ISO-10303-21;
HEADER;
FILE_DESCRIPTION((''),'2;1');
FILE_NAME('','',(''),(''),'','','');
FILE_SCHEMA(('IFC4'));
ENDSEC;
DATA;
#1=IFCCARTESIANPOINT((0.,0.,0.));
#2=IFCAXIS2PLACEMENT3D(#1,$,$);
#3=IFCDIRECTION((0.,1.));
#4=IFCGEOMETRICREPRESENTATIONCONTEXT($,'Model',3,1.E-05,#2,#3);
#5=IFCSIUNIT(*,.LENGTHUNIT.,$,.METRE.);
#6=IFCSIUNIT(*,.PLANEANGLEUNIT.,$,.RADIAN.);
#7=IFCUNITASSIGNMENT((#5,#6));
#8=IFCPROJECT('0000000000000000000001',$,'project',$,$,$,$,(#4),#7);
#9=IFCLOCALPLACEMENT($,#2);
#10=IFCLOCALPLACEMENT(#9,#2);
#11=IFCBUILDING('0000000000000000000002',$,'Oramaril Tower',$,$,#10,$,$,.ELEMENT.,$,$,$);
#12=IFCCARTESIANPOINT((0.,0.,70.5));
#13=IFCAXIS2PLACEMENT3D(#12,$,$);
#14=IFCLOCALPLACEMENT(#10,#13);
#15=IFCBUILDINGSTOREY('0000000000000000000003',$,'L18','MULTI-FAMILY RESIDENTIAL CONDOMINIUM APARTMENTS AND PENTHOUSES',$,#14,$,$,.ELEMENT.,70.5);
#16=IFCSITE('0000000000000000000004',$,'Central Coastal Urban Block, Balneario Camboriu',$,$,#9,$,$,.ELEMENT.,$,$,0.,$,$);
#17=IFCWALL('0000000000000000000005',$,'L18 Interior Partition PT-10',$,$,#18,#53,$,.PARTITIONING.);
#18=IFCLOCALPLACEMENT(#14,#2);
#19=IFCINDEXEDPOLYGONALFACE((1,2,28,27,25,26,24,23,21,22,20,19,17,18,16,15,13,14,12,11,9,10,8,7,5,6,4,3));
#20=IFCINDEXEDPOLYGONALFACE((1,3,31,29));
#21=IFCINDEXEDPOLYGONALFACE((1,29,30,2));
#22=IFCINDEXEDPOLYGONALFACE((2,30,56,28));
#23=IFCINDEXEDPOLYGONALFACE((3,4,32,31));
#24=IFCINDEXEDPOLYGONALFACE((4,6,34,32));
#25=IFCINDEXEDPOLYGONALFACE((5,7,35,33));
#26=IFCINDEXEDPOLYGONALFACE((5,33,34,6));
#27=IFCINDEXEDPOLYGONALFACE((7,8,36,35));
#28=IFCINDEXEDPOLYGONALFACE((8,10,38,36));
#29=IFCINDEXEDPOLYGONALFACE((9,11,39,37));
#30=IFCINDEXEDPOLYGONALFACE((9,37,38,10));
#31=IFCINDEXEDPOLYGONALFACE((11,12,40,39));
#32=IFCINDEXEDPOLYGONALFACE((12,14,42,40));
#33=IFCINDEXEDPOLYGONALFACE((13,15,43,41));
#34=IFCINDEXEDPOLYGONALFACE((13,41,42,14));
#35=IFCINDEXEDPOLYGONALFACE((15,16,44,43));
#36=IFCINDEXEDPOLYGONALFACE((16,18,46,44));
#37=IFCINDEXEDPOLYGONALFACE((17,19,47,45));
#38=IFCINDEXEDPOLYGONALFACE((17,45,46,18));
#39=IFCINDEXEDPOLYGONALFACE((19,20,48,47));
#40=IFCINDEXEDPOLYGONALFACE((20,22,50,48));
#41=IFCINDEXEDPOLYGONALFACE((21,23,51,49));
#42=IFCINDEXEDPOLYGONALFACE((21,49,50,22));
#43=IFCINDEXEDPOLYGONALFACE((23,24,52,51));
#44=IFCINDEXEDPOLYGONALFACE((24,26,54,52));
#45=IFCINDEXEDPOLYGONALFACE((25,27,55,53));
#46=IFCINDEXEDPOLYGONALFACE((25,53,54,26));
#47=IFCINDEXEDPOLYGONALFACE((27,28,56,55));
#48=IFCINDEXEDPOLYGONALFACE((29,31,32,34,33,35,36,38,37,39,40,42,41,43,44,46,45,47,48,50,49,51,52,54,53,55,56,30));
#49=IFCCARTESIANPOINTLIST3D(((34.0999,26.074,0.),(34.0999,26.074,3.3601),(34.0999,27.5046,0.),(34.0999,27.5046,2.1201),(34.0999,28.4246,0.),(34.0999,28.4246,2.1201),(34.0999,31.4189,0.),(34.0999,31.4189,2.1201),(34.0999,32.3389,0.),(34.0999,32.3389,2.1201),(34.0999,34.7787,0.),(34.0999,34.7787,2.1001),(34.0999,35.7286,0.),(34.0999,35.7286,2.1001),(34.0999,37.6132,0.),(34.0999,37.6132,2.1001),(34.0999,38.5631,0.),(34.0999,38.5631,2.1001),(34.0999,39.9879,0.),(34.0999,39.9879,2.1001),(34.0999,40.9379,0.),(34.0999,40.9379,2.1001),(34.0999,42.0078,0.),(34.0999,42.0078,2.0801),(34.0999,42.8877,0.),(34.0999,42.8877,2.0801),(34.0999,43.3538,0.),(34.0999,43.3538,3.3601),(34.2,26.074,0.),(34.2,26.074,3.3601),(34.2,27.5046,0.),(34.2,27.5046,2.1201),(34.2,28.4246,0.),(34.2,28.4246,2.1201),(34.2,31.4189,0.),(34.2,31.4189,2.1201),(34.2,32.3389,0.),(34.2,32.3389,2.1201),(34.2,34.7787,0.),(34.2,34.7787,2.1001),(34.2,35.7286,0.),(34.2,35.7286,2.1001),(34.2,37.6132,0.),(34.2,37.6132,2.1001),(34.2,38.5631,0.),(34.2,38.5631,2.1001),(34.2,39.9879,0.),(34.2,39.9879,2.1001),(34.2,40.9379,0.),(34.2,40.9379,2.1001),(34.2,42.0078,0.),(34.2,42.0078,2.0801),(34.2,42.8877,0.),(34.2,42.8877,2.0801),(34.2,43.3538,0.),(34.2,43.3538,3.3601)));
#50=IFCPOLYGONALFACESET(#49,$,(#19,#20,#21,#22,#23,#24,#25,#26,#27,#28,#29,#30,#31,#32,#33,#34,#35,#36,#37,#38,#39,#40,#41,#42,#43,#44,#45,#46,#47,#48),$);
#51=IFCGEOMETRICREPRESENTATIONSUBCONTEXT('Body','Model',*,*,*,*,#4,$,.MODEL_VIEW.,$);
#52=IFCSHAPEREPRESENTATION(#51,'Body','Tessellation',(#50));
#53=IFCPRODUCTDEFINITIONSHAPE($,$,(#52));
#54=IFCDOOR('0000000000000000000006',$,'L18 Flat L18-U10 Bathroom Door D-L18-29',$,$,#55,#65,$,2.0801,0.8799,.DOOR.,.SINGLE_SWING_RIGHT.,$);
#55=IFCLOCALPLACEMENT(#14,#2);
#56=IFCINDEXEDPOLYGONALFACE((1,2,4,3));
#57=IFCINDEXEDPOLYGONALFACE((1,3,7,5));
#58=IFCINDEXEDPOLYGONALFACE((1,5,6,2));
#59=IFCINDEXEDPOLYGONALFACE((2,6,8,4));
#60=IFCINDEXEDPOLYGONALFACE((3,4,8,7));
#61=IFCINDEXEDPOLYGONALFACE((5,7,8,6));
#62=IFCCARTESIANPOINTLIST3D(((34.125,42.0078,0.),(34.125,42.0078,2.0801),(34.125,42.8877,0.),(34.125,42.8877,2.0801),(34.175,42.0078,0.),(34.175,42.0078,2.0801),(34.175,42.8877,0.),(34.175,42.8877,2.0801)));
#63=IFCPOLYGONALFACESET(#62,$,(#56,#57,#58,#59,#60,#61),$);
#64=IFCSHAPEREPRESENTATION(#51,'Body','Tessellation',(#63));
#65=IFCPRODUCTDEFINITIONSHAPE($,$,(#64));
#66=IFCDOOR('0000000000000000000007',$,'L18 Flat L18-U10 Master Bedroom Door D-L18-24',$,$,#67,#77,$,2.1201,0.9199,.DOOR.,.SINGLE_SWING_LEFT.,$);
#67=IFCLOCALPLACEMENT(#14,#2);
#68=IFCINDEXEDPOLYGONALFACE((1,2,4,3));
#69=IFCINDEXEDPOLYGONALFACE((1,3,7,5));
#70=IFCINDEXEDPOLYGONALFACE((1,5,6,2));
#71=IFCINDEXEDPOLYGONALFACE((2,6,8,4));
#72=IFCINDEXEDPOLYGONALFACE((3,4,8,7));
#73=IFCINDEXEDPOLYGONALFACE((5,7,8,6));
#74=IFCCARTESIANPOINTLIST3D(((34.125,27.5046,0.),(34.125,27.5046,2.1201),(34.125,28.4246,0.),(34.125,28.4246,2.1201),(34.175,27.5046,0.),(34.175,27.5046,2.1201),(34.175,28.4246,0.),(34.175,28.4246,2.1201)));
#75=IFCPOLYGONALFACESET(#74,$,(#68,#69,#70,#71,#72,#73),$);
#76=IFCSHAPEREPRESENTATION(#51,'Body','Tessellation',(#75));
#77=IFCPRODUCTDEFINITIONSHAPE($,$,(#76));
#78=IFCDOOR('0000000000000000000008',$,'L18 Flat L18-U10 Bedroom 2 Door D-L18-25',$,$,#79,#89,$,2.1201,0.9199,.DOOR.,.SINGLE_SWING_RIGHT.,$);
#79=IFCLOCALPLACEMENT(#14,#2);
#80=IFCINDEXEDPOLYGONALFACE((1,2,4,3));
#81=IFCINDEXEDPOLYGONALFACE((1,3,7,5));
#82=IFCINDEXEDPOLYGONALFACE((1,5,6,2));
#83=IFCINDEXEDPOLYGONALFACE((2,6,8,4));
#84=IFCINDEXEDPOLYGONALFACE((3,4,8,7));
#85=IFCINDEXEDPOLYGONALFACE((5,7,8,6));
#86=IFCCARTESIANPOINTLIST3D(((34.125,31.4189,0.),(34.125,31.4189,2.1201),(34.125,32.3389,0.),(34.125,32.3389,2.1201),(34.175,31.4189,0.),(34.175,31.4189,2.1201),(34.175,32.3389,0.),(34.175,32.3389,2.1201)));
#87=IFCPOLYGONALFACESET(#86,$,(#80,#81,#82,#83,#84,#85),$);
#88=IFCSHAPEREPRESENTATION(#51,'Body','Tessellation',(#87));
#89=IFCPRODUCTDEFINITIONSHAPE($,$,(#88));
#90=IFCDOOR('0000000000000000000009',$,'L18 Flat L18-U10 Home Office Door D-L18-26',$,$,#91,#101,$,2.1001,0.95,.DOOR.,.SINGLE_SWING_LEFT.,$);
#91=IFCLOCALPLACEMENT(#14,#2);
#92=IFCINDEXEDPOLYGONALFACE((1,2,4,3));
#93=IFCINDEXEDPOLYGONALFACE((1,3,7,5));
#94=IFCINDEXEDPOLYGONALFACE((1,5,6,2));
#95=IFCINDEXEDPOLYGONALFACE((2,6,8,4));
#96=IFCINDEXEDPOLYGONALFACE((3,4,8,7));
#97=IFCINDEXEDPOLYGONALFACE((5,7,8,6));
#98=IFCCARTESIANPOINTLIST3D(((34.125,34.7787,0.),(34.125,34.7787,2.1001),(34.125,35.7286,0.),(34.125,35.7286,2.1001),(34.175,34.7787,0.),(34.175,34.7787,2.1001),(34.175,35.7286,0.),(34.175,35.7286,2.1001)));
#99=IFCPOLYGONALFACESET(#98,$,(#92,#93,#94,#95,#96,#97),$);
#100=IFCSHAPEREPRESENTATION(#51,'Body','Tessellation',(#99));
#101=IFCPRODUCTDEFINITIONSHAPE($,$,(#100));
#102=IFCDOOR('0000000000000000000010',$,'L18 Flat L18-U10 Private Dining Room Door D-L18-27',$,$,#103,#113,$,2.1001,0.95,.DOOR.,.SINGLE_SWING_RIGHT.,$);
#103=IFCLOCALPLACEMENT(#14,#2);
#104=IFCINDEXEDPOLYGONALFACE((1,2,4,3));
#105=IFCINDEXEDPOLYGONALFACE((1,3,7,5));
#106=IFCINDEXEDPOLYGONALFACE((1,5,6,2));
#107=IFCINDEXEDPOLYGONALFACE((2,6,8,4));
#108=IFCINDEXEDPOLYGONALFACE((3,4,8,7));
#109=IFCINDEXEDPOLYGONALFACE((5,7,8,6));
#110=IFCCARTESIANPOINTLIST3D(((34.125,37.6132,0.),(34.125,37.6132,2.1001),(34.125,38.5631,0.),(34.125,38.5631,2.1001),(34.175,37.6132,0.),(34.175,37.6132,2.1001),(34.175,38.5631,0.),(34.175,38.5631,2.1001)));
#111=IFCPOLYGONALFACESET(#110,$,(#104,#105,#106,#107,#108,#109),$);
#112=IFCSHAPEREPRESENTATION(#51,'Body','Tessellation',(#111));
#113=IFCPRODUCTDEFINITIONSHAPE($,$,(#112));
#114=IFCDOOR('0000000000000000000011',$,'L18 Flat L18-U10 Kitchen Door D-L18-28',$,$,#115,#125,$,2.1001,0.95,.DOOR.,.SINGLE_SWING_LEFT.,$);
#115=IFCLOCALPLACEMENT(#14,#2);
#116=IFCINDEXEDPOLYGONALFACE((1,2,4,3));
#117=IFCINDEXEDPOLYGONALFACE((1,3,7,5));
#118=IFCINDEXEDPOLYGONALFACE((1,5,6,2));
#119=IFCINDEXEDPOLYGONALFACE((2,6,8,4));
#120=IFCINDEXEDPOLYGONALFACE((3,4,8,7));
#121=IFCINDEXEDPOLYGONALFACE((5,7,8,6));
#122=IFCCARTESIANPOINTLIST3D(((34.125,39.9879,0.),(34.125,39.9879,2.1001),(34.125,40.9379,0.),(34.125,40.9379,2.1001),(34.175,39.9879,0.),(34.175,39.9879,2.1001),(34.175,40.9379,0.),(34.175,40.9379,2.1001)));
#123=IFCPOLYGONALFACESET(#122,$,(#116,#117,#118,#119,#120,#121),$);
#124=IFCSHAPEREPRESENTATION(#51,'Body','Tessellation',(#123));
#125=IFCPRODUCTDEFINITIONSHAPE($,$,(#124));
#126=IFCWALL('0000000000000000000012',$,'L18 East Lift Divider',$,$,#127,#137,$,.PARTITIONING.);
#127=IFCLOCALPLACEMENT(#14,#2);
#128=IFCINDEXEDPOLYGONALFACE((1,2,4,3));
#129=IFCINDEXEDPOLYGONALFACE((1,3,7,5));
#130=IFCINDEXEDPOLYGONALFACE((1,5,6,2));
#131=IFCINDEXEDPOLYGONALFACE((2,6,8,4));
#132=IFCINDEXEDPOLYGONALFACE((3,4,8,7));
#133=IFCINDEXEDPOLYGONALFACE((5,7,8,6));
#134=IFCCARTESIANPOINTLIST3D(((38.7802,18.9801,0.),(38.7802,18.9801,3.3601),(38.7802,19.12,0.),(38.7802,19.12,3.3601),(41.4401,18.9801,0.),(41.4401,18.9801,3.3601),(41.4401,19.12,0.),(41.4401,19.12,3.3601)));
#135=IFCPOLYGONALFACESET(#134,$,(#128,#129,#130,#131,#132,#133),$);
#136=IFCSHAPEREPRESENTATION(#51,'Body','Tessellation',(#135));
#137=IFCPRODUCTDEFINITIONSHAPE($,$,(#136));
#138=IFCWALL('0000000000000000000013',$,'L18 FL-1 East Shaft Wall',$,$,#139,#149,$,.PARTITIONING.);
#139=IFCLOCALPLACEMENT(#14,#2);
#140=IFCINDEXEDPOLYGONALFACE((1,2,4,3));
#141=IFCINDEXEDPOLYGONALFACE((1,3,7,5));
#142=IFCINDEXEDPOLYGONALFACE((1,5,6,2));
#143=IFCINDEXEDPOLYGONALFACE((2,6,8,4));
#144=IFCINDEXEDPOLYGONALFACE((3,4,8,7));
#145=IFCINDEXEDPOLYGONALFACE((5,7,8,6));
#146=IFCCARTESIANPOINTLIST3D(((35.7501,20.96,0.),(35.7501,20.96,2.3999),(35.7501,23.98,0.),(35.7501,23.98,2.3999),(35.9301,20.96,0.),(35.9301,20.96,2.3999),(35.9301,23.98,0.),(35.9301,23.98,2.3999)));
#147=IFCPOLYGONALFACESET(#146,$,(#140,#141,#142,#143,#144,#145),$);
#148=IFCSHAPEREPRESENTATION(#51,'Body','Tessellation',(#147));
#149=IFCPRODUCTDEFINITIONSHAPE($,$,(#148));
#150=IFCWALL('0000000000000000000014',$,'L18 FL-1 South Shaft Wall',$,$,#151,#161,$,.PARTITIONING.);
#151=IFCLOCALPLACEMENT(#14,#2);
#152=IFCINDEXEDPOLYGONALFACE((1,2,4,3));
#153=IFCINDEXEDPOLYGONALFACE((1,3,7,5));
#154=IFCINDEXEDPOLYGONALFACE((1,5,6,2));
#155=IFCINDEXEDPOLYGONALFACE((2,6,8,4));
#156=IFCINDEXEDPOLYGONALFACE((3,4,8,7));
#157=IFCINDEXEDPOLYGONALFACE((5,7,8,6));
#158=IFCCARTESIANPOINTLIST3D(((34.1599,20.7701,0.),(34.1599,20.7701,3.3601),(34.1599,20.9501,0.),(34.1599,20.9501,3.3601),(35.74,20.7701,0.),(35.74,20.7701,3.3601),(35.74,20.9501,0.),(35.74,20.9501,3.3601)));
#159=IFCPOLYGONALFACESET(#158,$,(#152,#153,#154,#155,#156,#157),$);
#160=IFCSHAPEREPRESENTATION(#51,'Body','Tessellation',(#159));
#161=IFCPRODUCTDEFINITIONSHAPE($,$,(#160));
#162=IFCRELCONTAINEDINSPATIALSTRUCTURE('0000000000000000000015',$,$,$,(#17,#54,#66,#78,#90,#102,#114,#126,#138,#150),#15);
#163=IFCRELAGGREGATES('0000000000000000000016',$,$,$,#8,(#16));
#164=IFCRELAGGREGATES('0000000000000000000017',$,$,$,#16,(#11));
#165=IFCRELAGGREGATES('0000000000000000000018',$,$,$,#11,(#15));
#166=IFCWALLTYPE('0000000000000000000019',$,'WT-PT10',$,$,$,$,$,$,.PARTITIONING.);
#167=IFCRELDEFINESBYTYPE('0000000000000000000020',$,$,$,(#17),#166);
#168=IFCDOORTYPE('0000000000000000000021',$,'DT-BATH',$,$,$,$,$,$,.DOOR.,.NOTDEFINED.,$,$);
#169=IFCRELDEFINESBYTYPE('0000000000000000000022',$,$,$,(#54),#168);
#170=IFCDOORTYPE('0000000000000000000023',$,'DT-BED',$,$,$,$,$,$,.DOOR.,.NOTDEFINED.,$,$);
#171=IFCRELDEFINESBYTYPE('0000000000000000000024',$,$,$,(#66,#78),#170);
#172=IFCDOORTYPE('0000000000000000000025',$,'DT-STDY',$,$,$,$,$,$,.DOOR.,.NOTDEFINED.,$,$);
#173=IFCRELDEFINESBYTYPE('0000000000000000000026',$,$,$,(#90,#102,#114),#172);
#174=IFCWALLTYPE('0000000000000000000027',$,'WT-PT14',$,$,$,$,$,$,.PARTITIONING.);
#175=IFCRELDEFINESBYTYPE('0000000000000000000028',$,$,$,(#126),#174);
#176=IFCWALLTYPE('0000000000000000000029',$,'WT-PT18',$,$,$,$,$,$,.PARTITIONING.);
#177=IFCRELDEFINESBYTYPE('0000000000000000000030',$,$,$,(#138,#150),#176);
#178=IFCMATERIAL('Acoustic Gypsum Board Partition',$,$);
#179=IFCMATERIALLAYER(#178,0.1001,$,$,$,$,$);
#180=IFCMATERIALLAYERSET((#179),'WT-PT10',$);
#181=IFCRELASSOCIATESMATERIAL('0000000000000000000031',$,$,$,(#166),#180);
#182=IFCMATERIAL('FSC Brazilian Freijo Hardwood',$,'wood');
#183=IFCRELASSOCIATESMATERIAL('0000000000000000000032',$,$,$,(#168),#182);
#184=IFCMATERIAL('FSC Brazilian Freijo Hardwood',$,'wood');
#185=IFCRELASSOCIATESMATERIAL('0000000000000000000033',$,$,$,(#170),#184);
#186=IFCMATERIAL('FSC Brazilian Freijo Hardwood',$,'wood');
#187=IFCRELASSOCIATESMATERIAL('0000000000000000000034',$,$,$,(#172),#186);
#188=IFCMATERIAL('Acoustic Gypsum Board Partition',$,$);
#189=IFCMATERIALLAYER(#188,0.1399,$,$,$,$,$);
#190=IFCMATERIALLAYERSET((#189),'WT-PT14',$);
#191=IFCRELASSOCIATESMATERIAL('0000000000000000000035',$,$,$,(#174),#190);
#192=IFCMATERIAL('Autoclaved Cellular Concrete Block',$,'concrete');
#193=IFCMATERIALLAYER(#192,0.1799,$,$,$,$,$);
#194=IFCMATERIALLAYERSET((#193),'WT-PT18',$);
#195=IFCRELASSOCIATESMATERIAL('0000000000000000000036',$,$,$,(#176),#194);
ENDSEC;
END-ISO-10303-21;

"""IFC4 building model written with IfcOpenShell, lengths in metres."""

from ifc_helpers import new_model, si_unit, direction, frame, frame_2d, origin, place, context, subcontext, project, spatial, rectangle, extrude, material, layer, layer_set, type_object, element, fill, save


model = new_model("IFC4")

# Units and contexts
model_context = context("Model", 3, precision=1e-05, world=origin(), true_north=direction((0.0, 1.0)))
body_context = subcontext(model_context, "Body", "Model", "MODEL_VIEW")
ifc_project = project(units=[si_unit("LENGTHUNIT", "METRE"), si_unit("PLANEANGLEUNIT", "RADIAN")], contexts=[model_context])

# Site, building, storey
site_placement = place(None, origin())
site = spatial("IfcSite", under=ifc_project, at=site_placement, Name="Central Coastal Urban Block, Balneario Camboriu", CompositionType="ELEMENT", RefElevation=0.0)
building_placement = place(site_placement, origin())
building = spatial("IfcBuilding", under=site, at=building_placement, Name="Oramaril Tower", CompositionType="ELEMENT")
storey_placement = place(building_placement, frame((0.0, 0.0, 70.5)))
storey = spatial("IfcBuildingStorey", under=building, at=storey_placement, Name="L18", Description="MULTI-FAMILY RESIDENTIAL CONDOMINIUM APARTMENTS AND PENTHOUSES", CompositionType="ELEMENT", Elevation=70.5)

# Wall, openings, doors
ifc_material_1 = material(Name="Acoustic Gypsum Board Partition")
ifc_layer_1 = layer(ifc_material_1, 0.1001)
ifc_layer_set_1 = layer_set([ifc_layer_1], Name="WT-PT10")
wall_type_1 = type_object("IfcWallType", Name="WT-PT10", PredefinedType="PARTITIONING", material=ifc_layer_set_1)
wall_1_placement = place(storey_placement, frame((34.1499, 26.074, 0.0), z_axis=(0.0, 0.0, 1.0), x_axis=(0.0, 1.0, 0.0)))
wall_1 = element("IfcWall", 1, at=wall_1_placement, inside=storey, type_object=wall_type_1, Name="L18 Interior Partition PT-10", PredefinedType="PARTITIONING", context=body_context, shape_type="SweptSolid", body=[
    extrude(rectangle(XDim=17.2798, YDim=0.1001, at=frame_2d((8.6399, 0.0))), origin(), (0.0, 0.0, 1.0), 3.3601),
])
opening_1_placement = place(wall_1_placement, frame((1.4307, 0.0, 0.0)))
opening_1 = element("IfcOpeningElement", 2, at=opening_1_placement, cuts=wall_1, PredefinedType="OPENING", context=body_context, shape_type="SweptSolid", body=[
    extrude(rectangle(XDim=0.9199, YDim=2.1201, at=frame_2d((0.46, 1.0601))), frame((0.0, 0.05, 0.0), z_axis=(0.0, -1.0, 0.0), x_axis=(1.0, 0.0, 0.0)), (0.0, 0.0, 1.0), 0.1001),
])
opening_2_placement = place(wall_1_placement, frame((5.345, 0.0, 0.0)))
opening_2 = element("IfcOpeningElement", 3, at=opening_2_placement, cuts=wall_1, PredefinedType="OPENING", context=body_context, shape_type="SweptSolid", body=[
    extrude(rectangle(XDim=0.9199, YDim=2.1201, at=frame_2d((0.46, 1.0601))), frame((0.0, 0.05, 0.0), z_axis=(0.0, -1.0, 0.0), x_axis=(1.0, 0.0, 0.0)), (0.0, 0.0, 1.0), 0.1001),
])
opening_3_placement = place(wall_1_placement, frame((8.7046, 0.0, 0.0)))
opening_3 = element("IfcOpeningElement", 4, at=opening_3_placement, cuts=wall_1, PredefinedType="OPENING", context=body_context, shape_type="SweptSolid", body=[
    extrude(rectangle(XDim=0.95, YDim=2.1001, at=frame_2d((0.4751, 1.05))), frame((0.0, 0.05, 0.0), z_axis=(0.0, -1.0, 0.0), x_axis=(1.0, 0.0, 0.0)), (0.0, 0.0, 1.0), 0.1001),
])
opening_4_placement = place(wall_1_placement, frame((11.5391, 0.0, 0.0)))
opening_4 = element("IfcOpeningElement", 5, at=opening_4_placement, cuts=wall_1, PredefinedType="OPENING", context=body_context, shape_type="SweptSolid", body=[
    extrude(rectangle(XDim=0.95, YDim=2.1001, at=frame_2d((0.4751, 1.05))), frame((0.0, 0.05, 0.0), z_axis=(0.0, -1.0, 0.0), x_axis=(1.0, 0.0, 0.0)), (0.0, 0.0, 1.0), 0.1001),
])
opening_5_placement = place(wall_1_placement, frame((13.9138, 0.0, 0.0)))
opening_5 = element("IfcOpeningElement", 6, at=opening_5_placement, cuts=wall_1, PredefinedType="OPENING", context=body_context, shape_type="SweptSolid", body=[
    extrude(rectangle(XDim=0.95, YDim=2.1001, at=frame_2d((0.4751, 1.05))), frame((0.0, 0.05, 0.0), z_axis=(0.0, -1.0, 0.0), x_axis=(1.0, 0.0, 0.0)), (0.0, 0.0, 1.0), 0.1001),
])
opening_6_placement = place(wall_1_placement, frame((15.9338, 0.0, 0.0)))
opening_6 = element("IfcOpeningElement", 7, at=opening_6_placement, cuts=wall_1, PredefinedType="OPENING", context=body_context, shape_type="SweptSolid", body=[
    extrude(rectangle(XDim=0.8799, YDim=2.0801, at=frame_2d((0.4399, 1.04))), frame((0.0, 0.05, 0.0), z_axis=(0.0, -1.0, 0.0), x_axis=(1.0, 0.0, 0.0)), (0.0, 0.0, 1.0), 0.1001),
])
ifc_material_2 = material(Name="FSC Brazilian Freijo Hardwood", Category="wood")
door_type_1 = type_object("IfcDoorType", Name="DT-BATH", OperationType="NOTDEFINED", PredefinedType="DOOR", material=ifc_material_2)
door_1_placement = place(opening_6_placement, origin())
door_1 = element("IfcDoor", 8, at=door_1_placement, inside=storey, type_object=door_type_1, Name="L18 Flat L18-U10 Bathroom Door D-L18-29", OperationType="SINGLE_SWING_RIGHT", OverallHeight=2.0801, OverallWidth=0.8799, PredefinedType="DOOR", context=body_context, shape_type="SweptSolid", body=[
    extrude(rectangle(XDim=0.8799, YDim=2.0801, at=frame_2d((0.4399, 1.04))), frame((0.0, 0.0249, 0.0), z_axis=(0.0, -1.0, 0.0), x_axis=(1.0, 0.0, 0.0)), (0.0, 0.0, 1.0), 0.05),
])
fill(opening_6, door_1)
ifc_material_3 = material(Name="FSC Brazilian Freijo Hardwood", Category="wood")
door_type_2 = type_object("IfcDoorType", Name="DT-BED", OperationType="NOTDEFINED", PredefinedType="DOOR", material=ifc_material_3)
door_2_placement = place(opening_1_placement, origin())
door_2 = element("IfcDoor", 9, at=door_2_placement, inside=storey, type_object=door_type_2, Name="L18 Flat L18-U10 Master Bedroom Door D-L18-24", OperationType="SINGLE_SWING_LEFT", OverallHeight=2.1201, OverallWidth=0.9199, PredefinedType="DOOR", context=body_context, shape_type="SweptSolid", body=[
    extrude(rectangle(XDim=0.9199, YDim=2.1201, at=frame_2d((0.46, 1.0601))), frame((0.0, 0.0249, 0.0), z_axis=(0.0, -1.0, 0.0), x_axis=(1.0, 0.0, 0.0)), (0.0, 0.0, 1.0), 0.05),
])
fill(opening_1, door_2)
door_3_placement = place(opening_2_placement, origin())
door_3 = element("IfcDoor", 10, at=door_3_placement, inside=storey, type_object=door_type_2, Name="L18 Flat L18-U10 Bedroom 2 Door D-L18-25", OperationType="SINGLE_SWING_RIGHT", OverallHeight=2.1201, OverallWidth=0.9199, PredefinedType="DOOR", context=body_context, shape_type="SweptSolid", body=[
    extrude(rectangle(XDim=0.9199, YDim=2.1201, at=frame_2d((0.46, 1.0601))), frame((0.0, 0.0249, 0.0), z_axis=(0.0, -1.0, 0.0), x_axis=(1.0, 0.0, 0.0)), (0.0, 0.0, 1.0), 0.05),
])
fill(opening_2, door_3)
ifc_material_4 = material(Name="FSC Brazilian Freijo Hardwood", Category="wood")
door_type_3 = type_object("IfcDoorType", Name="DT-STDY", OperationType="NOTDEFINED", PredefinedType="DOOR", material=ifc_material_4)
door_4_placement = place(opening_3_placement, origin())
door_4 = element("IfcDoor", 11, at=door_4_placement, inside=storey, type_object=door_type_3, Name="L18 Flat L18-U10 Home Office Door D-L18-26", OperationType="SINGLE_SWING_LEFT", OverallHeight=2.1001, OverallWidth=0.95, PredefinedType="DOOR", context=body_context, shape_type="SweptSolid", body=[
    extrude(rectangle(XDim=0.95, YDim=2.1001, at=frame_2d((0.4751, 1.05))), frame((0.0, 0.0249, 0.0), z_axis=(0.0, -1.0, 0.0), x_axis=(1.0, 0.0, 0.0)), (0.0, 0.0, 1.0), 0.05),
])
fill(opening_3, door_4)
door_5_placement = place(opening_4_placement, origin())
door_5 = element("IfcDoor", 12, at=door_5_placement, inside=storey, type_object=door_type_3, Name="L18 Flat L18-U10 Private Dining Room Door D-L18-27", OperationType="SINGLE_SWING_RIGHT", OverallHeight=2.1001, OverallWidth=0.95, PredefinedType="DOOR", context=body_context, shape_type="SweptSolid", body=[
    extrude(rectangle(XDim=0.95, YDim=2.1001, at=frame_2d((0.4751, 1.05))), frame((0.0, 0.0249, 0.0), z_axis=(0.0, -1.0, 0.0), x_axis=(1.0, 0.0, 0.0)), (0.0, 0.0, 1.0), 0.05),
])
fill(opening_4, door_5)
door_6_placement = place(opening_5_placement, origin())
door_6 = element("IfcDoor", 13, at=door_6_placement, inside=storey, type_object=door_type_3, Name="L18 Flat L18-U10 Kitchen Door D-L18-28", OperationType="SINGLE_SWING_LEFT", OverallHeight=2.1001, OverallWidth=0.95, PredefinedType="DOOR", context=body_context, shape_type="SweptSolid", body=[
    extrude(rectangle(XDim=0.95, YDim=2.1001, at=frame_2d((0.4751, 1.05))), frame((0.0, 0.0249, 0.0), z_axis=(0.0, -1.0, 0.0), x_axis=(1.0, 0.0, 0.0)), (0.0, 0.0, 1.0), 0.05),
])
fill(opening_5, door_6)

# Walls
ifc_material_5 = material(Name="Acoustic Gypsum Board Partition")
ifc_layer_2 = layer(ifc_material_5, 0.1399)
ifc_layer_set_2 = layer_set([ifc_layer_2], Name="WT-PT14")
wall_type_2 = type_object("IfcWallType", Name="WT-PT14", PredefinedType="PARTITIONING", material=ifc_layer_set_2)
wall_2_placement = place(storey_placement, frame((38.78, 19.05, 0.0), z_axis=(0.0, 0.0, 1.0), x_axis=(1.0, 0.0, 0.0)))
element("IfcWall", 14, at=wall_2_placement, inside=storey, type_object=wall_type_2, Name="L18 East Lift Divider", PredefinedType="PARTITIONING", context=body_context, shape_type="SweptSolid", body=[
    extrude(rectangle(XDim=2.6599, YDim=0.1399, at=frame_2d((1.3301, 0.0))), origin(), (0.0, 0.0, 1.0), 3.3601),
])
ifc_material_6 = material(Name="Autoclaved Cellular Concrete Block", Category="concrete")
ifc_layer_3 = layer(ifc_material_6, 0.1799)
ifc_layer_set_3 = layer_set([ifc_layer_3], Name="WT-PT18")
wall_type_3 = type_object("IfcWallType", Name="WT-PT18", PredefinedType="PARTITIONING", material=ifc_layer_set_3)
wall_3_placement = place(storey_placement, frame((35.8401, 20.96, 0.0), z_axis=(0.0, 0.0, 1.0), x_axis=(0.0, 1.0, 0.0)))
element("IfcWall", 15, at=wall_3_placement, inside=storey, type_object=wall_type_3, Name="L18 FL-1 East Shaft Wall", PredefinedType="PARTITIONING", context=body_context, shape_type="SweptSolid", body=[
    extrude(rectangle(XDim=3.02, YDim=0.1799, at=frame_2d((1.51, 0.0))), origin(), (0.0, 0.0, 1.0), 2.3999),
])
wall_4_placement = place(storey_placement, frame((34.1599, 20.8601, 0.0), z_axis=(0.0, 0.0, 1.0), x_axis=(1.0, 0.0, 0.0)))
element("IfcWall", 16, at=wall_4_placement, inside=storey, type_object=wall_type_3, Name="L18 FL-1 South Shaft Wall", PredefinedType="PARTITIONING", context=body_context, shape_type="SweptSolid", body=[
    extrude(rectangle(XDim=1.5801, YDim=0.1799, at=frame_2d((0.79, 0.0))), origin(), (0.0, 0.0, 1.0), 3.3601),
])

save(model, "model.ifc")
